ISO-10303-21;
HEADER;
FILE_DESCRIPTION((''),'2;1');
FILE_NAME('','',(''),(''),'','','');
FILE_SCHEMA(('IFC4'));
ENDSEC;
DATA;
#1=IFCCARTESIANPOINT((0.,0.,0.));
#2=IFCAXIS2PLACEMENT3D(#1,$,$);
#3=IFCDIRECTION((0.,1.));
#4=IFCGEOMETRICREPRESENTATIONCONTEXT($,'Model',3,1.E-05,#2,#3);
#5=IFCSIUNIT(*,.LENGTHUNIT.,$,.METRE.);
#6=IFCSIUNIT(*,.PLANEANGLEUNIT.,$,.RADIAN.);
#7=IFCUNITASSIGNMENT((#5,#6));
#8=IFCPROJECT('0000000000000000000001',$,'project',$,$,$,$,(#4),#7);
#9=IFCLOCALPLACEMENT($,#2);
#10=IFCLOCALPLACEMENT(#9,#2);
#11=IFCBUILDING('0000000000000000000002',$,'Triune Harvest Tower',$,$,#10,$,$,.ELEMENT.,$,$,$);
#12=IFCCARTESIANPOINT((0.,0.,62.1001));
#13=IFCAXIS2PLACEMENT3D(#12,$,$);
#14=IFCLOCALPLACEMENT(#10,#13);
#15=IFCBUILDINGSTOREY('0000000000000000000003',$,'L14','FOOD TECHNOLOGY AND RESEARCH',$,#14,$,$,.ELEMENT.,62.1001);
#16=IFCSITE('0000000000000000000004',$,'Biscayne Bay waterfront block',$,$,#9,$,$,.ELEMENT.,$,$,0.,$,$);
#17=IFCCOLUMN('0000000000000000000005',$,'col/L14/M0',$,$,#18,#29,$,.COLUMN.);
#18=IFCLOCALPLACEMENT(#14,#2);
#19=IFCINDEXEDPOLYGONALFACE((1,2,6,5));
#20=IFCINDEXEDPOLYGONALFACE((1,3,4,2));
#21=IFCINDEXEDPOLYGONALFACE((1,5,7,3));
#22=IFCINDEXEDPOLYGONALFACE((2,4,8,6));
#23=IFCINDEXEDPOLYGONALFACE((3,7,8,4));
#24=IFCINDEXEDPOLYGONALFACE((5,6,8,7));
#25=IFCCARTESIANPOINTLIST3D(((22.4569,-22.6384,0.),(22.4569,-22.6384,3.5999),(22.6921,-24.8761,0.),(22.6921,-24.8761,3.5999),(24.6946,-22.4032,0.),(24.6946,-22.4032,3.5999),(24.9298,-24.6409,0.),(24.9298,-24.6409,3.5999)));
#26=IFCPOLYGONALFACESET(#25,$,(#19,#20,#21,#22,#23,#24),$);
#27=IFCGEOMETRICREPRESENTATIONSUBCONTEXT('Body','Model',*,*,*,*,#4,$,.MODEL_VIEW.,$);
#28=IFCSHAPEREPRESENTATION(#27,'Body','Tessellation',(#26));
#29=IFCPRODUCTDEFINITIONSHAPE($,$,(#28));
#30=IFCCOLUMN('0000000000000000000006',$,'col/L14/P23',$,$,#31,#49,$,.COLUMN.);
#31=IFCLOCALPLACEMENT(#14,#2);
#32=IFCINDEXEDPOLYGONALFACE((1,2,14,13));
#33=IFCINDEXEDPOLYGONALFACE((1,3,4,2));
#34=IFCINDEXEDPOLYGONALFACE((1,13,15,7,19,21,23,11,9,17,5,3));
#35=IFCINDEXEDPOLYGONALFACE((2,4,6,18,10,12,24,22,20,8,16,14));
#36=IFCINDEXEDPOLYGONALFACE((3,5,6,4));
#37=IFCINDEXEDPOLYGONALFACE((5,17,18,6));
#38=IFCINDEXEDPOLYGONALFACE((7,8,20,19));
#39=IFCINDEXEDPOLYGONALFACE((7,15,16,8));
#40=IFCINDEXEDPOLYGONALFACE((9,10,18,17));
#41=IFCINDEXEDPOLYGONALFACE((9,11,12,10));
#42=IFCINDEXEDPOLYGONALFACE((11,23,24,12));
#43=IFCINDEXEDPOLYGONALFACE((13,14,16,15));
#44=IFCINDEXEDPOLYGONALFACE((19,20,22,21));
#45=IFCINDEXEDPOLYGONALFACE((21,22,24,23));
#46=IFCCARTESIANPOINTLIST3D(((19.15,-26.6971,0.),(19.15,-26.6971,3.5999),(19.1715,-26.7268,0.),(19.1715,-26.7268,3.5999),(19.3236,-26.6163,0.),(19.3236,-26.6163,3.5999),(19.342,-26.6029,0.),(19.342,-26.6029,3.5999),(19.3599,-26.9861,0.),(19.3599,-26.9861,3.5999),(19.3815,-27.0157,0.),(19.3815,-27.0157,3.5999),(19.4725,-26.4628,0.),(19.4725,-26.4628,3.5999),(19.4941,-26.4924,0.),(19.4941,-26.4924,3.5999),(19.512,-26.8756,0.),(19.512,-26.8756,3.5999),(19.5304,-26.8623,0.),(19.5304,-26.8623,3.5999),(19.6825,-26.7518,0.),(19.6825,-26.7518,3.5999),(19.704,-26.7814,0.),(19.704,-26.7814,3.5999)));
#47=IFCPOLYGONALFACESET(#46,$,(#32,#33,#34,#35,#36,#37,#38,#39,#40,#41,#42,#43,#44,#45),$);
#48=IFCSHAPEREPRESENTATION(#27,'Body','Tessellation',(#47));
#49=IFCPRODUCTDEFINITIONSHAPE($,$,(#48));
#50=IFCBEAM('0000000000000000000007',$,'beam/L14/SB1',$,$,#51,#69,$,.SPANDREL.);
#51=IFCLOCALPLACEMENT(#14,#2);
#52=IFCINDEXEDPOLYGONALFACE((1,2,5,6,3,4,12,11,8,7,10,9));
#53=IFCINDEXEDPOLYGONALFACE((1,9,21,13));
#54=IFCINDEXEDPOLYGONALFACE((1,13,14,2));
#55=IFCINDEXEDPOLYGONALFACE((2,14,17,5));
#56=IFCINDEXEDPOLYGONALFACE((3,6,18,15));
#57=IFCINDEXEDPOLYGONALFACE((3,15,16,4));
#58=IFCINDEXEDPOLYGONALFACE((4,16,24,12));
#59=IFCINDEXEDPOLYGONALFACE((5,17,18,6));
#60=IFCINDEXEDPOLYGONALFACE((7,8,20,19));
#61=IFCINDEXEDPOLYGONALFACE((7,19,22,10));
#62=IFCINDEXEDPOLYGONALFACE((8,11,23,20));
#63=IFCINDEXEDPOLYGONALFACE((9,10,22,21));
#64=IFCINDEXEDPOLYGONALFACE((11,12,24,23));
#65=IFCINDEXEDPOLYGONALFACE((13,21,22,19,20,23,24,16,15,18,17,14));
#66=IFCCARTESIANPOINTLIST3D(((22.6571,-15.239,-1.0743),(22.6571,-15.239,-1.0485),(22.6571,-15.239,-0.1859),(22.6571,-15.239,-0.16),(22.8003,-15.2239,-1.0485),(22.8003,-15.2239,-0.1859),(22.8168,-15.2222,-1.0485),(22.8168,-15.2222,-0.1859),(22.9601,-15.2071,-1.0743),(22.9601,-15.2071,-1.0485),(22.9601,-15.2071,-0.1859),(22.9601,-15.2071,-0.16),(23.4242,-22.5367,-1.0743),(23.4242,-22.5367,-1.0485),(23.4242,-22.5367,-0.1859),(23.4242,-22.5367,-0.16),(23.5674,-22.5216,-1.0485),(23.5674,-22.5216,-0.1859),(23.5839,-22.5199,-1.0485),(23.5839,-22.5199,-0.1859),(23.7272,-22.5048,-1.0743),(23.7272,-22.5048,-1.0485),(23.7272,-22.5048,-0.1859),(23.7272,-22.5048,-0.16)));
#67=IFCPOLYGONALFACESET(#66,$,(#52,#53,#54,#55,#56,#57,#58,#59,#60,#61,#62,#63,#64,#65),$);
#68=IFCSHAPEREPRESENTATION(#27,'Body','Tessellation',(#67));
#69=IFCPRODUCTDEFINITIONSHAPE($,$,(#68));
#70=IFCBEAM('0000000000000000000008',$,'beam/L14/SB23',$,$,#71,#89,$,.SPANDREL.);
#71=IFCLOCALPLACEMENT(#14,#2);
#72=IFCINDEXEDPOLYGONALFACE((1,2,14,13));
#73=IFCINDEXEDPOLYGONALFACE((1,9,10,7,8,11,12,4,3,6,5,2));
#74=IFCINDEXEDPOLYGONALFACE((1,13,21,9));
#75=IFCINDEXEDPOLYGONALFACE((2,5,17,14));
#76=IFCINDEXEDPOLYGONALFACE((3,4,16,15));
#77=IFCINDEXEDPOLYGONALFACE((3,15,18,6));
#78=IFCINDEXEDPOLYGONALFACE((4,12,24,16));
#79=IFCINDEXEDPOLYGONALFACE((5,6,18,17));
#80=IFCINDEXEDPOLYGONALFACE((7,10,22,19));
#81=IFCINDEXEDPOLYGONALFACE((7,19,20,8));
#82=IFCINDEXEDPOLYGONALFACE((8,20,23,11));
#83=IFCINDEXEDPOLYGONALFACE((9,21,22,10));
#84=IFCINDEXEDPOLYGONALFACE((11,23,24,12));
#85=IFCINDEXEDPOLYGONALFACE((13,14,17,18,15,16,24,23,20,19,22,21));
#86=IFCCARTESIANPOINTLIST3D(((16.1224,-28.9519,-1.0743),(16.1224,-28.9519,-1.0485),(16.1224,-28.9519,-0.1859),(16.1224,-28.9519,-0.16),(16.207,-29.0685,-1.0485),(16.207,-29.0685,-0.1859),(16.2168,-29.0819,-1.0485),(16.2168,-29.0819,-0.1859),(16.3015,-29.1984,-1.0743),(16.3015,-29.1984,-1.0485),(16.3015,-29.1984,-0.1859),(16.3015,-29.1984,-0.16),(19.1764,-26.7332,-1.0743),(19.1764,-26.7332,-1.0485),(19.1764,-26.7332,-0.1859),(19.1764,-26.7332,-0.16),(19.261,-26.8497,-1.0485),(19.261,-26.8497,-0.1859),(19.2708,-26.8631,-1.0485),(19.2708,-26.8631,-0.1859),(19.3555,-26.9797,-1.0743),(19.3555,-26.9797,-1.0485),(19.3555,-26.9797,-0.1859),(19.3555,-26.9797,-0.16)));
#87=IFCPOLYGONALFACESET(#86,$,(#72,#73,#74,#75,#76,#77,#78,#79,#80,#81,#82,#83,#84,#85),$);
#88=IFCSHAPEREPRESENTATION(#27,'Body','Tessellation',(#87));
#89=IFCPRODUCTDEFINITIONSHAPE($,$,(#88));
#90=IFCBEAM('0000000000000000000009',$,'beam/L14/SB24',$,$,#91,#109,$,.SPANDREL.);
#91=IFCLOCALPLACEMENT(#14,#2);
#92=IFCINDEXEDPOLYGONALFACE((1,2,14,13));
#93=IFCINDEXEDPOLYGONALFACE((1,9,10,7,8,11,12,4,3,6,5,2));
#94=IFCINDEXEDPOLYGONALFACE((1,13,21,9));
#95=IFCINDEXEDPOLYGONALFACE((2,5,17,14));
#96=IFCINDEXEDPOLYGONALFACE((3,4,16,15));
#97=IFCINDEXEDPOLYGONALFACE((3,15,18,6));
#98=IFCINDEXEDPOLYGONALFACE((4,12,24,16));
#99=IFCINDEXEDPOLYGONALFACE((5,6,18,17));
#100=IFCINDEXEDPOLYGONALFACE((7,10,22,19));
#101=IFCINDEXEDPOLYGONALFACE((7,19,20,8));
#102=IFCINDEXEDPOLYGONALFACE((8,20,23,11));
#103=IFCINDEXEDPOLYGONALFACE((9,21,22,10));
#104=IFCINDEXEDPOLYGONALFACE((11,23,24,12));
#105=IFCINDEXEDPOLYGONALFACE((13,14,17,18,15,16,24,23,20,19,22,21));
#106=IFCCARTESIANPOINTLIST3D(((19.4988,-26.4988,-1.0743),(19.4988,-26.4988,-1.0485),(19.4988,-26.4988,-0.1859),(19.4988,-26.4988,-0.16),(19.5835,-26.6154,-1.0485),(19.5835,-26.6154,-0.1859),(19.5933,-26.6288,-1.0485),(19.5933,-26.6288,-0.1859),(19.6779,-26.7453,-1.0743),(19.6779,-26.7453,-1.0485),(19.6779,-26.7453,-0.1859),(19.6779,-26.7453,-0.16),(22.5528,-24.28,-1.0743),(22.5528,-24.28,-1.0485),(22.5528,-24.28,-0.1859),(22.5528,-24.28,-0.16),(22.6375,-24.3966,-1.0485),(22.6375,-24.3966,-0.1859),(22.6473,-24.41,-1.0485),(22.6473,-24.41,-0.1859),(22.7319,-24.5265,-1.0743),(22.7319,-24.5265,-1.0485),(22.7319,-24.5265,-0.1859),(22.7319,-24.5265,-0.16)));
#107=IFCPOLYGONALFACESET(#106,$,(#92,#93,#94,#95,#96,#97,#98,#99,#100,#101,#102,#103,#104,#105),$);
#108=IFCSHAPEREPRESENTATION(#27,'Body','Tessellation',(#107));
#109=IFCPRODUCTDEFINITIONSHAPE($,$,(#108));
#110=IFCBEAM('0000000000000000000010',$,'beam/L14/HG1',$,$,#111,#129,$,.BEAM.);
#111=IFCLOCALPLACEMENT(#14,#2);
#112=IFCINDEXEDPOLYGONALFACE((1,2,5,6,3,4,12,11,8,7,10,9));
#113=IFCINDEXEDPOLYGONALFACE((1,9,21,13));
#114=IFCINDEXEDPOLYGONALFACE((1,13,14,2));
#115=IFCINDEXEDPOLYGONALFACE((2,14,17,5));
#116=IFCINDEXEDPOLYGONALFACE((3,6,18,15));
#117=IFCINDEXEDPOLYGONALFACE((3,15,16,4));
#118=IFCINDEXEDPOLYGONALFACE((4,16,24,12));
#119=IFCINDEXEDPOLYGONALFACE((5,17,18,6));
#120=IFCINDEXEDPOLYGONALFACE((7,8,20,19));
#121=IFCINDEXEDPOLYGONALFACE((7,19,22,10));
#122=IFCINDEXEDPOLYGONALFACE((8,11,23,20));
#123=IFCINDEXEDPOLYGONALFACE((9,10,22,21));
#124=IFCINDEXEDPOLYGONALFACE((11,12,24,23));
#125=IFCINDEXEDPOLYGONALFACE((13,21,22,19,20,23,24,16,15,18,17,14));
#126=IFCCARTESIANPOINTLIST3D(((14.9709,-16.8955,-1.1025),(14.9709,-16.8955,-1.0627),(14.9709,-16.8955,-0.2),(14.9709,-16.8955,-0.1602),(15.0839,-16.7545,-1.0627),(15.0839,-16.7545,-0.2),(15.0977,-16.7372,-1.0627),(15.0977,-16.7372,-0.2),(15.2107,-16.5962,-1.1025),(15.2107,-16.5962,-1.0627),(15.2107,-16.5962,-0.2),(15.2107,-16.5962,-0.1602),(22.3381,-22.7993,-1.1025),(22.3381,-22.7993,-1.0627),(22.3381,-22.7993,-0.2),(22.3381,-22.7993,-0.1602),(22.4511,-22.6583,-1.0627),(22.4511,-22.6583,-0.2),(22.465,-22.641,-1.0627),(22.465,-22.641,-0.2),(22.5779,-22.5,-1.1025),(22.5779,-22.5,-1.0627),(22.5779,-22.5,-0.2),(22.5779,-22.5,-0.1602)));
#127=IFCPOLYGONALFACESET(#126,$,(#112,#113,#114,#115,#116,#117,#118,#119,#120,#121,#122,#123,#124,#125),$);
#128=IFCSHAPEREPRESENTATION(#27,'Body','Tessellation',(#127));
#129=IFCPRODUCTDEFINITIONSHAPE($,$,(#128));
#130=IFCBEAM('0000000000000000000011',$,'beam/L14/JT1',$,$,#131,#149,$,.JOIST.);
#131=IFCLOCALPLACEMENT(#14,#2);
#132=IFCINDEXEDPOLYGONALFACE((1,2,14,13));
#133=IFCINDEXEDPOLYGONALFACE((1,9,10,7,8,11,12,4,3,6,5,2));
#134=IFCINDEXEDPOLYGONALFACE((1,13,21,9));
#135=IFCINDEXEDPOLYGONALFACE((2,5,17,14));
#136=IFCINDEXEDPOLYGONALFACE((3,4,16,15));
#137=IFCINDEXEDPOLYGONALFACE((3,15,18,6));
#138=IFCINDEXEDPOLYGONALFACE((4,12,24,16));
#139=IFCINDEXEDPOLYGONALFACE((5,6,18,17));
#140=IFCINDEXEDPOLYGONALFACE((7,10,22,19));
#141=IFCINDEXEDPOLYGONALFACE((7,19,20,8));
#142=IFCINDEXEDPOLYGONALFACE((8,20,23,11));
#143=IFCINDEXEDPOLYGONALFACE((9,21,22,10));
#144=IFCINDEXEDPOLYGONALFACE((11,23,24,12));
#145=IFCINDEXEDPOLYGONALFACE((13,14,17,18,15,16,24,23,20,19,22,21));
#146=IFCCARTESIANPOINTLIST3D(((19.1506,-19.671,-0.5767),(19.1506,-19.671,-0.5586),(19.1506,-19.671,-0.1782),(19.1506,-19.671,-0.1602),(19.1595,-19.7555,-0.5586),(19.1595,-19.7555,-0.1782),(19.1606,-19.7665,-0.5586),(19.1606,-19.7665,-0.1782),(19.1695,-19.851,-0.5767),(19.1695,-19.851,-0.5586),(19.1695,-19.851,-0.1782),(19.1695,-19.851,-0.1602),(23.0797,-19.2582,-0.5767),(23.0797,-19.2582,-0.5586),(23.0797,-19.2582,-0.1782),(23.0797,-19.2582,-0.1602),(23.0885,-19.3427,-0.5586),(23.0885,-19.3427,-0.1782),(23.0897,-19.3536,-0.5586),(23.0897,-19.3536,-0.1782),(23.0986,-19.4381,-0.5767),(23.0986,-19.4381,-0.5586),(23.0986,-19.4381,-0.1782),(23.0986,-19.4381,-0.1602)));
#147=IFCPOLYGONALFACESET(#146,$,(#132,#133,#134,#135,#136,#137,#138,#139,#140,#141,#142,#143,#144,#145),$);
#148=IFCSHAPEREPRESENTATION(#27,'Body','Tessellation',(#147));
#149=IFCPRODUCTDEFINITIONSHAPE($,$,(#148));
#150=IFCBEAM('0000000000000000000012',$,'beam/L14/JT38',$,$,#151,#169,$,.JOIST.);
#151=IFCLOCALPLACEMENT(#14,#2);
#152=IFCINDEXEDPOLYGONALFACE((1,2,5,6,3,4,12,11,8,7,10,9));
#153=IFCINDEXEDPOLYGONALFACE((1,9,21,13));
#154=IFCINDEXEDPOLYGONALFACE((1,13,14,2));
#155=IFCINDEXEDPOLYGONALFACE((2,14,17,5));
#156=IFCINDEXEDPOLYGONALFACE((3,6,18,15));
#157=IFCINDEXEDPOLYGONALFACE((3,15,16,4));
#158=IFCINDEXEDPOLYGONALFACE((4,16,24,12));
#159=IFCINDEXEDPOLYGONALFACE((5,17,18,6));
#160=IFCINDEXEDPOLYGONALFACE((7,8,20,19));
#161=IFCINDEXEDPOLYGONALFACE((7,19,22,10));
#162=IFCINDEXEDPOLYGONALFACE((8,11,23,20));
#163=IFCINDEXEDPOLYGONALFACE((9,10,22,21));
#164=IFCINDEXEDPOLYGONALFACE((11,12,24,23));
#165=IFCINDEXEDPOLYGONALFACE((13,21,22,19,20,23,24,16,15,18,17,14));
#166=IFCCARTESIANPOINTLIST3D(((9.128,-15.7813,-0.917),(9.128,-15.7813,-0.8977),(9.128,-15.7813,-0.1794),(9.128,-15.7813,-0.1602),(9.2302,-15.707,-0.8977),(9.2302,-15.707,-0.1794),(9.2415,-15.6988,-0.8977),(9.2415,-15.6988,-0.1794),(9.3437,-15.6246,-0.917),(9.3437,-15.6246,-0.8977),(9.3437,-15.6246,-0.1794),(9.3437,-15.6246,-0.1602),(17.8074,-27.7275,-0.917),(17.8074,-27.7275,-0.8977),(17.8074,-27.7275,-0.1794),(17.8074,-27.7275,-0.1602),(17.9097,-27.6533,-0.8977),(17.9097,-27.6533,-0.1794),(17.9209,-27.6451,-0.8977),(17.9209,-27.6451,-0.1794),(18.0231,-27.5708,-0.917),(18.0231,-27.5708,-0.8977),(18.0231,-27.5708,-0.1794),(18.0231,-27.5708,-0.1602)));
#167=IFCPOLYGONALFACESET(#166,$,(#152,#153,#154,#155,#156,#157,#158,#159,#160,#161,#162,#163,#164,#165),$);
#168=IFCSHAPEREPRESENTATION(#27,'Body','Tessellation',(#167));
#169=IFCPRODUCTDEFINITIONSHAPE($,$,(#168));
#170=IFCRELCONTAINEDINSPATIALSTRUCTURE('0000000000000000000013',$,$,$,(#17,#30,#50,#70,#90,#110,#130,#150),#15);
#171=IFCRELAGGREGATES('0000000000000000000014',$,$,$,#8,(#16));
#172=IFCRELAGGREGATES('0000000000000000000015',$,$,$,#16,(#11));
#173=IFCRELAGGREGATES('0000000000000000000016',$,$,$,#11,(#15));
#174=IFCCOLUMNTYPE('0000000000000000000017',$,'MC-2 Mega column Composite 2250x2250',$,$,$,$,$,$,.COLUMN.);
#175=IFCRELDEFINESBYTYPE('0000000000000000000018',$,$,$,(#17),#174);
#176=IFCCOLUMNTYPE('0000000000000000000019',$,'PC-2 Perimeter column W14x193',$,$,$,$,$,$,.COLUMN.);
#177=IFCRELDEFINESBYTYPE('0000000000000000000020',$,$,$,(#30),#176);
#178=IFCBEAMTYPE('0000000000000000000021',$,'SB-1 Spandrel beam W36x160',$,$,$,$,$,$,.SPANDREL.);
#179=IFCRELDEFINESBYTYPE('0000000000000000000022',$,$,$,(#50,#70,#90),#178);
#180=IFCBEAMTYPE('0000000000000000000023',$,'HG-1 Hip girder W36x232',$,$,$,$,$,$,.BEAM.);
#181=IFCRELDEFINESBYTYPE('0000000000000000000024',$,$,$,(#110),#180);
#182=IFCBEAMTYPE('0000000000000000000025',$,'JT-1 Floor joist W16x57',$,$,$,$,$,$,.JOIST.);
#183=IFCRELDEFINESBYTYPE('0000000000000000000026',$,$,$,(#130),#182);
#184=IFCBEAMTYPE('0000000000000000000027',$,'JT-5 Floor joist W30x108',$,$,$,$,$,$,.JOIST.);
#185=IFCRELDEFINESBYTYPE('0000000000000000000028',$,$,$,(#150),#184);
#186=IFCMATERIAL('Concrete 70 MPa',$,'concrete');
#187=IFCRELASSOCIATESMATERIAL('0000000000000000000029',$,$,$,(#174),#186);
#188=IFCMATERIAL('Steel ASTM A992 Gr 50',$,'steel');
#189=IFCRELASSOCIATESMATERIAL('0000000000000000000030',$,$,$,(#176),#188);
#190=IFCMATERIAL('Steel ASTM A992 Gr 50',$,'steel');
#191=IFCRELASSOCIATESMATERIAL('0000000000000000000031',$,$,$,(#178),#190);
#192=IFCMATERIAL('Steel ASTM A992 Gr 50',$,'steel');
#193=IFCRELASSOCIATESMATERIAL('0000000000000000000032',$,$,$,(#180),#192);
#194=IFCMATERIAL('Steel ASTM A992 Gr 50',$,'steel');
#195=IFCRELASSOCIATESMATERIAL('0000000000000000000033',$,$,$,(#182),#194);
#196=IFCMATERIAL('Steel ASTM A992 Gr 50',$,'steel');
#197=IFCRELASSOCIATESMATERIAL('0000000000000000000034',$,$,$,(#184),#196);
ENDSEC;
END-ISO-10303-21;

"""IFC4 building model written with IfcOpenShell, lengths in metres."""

from ifc_helpers import new_model, si_unit, direction, frame, origin, origin_2d, place, context, subcontext, project, spatial, rectangle, i_section, extrude, source, transform, mapped, material, material_profile, profile_set, type_object, element, save


model = new_model("IFC4")

# Units and contexts
model_context = context("Model", 3, precision=1e-05, world=origin(), true_north=direction((0.0, 1.0)))
body_context = subcontext(model_context, "Body", "Model", "MODEL_VIEW")
ifc_project = project(units=[si_unit("LENGTHUNIT", "METRE"), si_unit("PLANEANGLEUNIT", "RADIAN")], contexts=[model_context])

# Site, building, storey
site_placement = place(None, origin())
site = spatial("IfcSite", under=ifc_project, at=site_placement, Name="Biscayne Bay waterfront block", CompositionType="ELEMENT", RefElevation=0.0)
building_placement = place(site_placement, origin())
building = spatial("IfcBuilding", under=site, at=building_placement, Name="Triune Harvest Tower", CompositionType="ELEMENT")
storey_placement = place(building_placement, frame((0.0, 0.0, 62.1001)))
storey = spatial("IfcBuildingStorey", under=building, at=storey_placement, Name="L14", Description="FOOD TECHNOLOGY AND RESEARCH", CompositionType="ELEMENT", Elevation=62.1001)

# Columns
ifc_material_1 = material(Name="Concrete 70 MPa", Category="concrete")
ifc_material_profile_1 = material_profile(ifc_material_1, rectangle(XDim=2.25, YDim=2.25, at=origin_2d()), Name="Composite 2250x2250")
ifc_profile_set_1 = profile_set([ifc_material_profile_1], Name="Concrete 70 MPa")
column_type_1 = type_object("IfcColumnType", Name="MC-2 Mega column Composite 2250x2250", PredefinedType="COLUMN", material=ifc_profile_set_1)
shared_shape_1 = source(origin(), body_context, "Body", "SweptSolid", [
    extrude(rectangle(XDim=2.25, YDim=2.25, at=origin_2d()), origin(), (0.0, 0.0, 1.0), 3.5999),
])
column_1_placement = place(storey_placement, frame((23.6934, -23.6396, 0.0), z_axis=(0.0, 0.0, 1.0), x_axis=(-0.104527, 0.994522, 0.0)))
element("IfcColumn", 1, at=column_1_placement, inside=storey, type_object=column_type_1, Name="col/L14/M0", PredefinedType="COLUMN", context=body_context, shape_type="MappedRepresentation", body=[
    mapped(shared_shape_1, transform((0.0, 0.0, 0.0), scale=1.0)),
])
ifc_material_2 = material(Name="Steel ASTM A992 Gr 50", Category="steel")
ifc_material_profile_2 = material_profile(ifc_material_2, i_section(OverallWidth=0.3987, OverallDepth=0.3938, WebThickness=0.0227, FlangeThickness=0.0366, at=origin_2d()), Name="W14x193")
ifc_profile_set_2 = profile_set([ifc_material_profile_2], Name="Steel ASTM A992 Gr 50")
column_type_2 = type_object("IfcColumnType", Name="PC-2 Perimeter column W14x193", PredefinedType="COLUMN", material=ifc_profile_set_2)
shared_shape_2 = source(origin(), body_context, "Body", "SweptSolid", [
    extrude(i_section(OverallWidth=0.3987, OverallDepth=0.3938, WebThickness=0.0227, FlangeThickness=0.0366, at=origin_2d()), origin(), (0.0, 0.0, 1.0), 3.5999),
])
column_2_placement = place(storey_placement, frame((19.427, -26.7393, 0.0), z_axis=(0.0, 0.0, 1.0), x_axis=(0.809015, 0.587788, 0.0)))
element("IfcColumn", 2, at=column_2_placement, inside=storey, type_object=column_type_2, Name="col/L14/P23", PredefinedType="COLUMN", context=body_context, shape_type="MappedRepresentation", body=[
    mapped(shared_shape_2, transform((0.0, 0.0, 0.0), scale=1.0)),
])

# Beams
ifc_material_3 = material(Name="Steel ASTM A992 Gr 50", Category="steel")
ifc_material_profile_3 = material_profile(ifc_material_3, i_section(OverallWidth=0.3047, OverallDepth=0.9143, WebThickness=0.0166, FlangeThickness=0.0259, at=origin_2d()), Name="W36x160")
ifc_profile_set_3 = profile_set([ifc_material_profile_3], Name="Steel ASTM A992 Gr 50")
beam_type_1 = type_object("IfcBeamType", Name="SB-1 Spandrel beam W36x160", PredefinedType="SPANDREL", material=ifc_profile_set_3)
shared_shape_3 = source(origin(), body_context, "Body", "SweptSolid", [
    extrude(i_section(OverallWidth=0.3047, OverallDepth=0.9143, WebThickness=0.0166, FlangeThickness=0.0259, at=origin_2d()), origin(), (0.0, 0.0, 1.0), 7.3379),
])
beam_1_placement = place(storey_placement, frame((23.5757, -22.5208, -0.6172), z_axis=(-0.104539, 0.994521, 0.0), x_axis=(-0.994521, -0.104539, 0.0)))
element("IfcBeam", 3, at=beam_1_placement, inside=storey, type_object=beam_type_1, Name="beam/L14/SB1", PredefinedType="SPANDREL", context=body_context, shape_type="MappedRepresentation", body=[
    mapped(shared_shape_3, transform((0.0, 0.0, 0.0), scale=1.0)),
])
shared_shape_4 = source(origin(), body_context, "Body", "SweptSolid", [
    extrude(i_section(OverallWidth=0.3047, OverallDepth=0.9143, WebThickness=0.0166, FlangeThickness=0.0259, at=origin_2d()), origin(), (0.0, 0.0, 1.0), 3.7749),
])
for number, where, z_axis, x_axis, name in (
    (4, (16.2119, -29.0752, -0.6172), (0.809027, 0.587772, 0.0), (-0.587772, 0.809027, 0.0), "beam/L14/SB23"),
    (5, (19.5884, -26.6221, -0.6172), (0.809027, 0.587772, 0.0), (-0.587772, 0.809027, 0.0), "beam/L14/SB24"),
):
    element("IfcBeam", number, at=place(storey_placement, frame(where, z_axis=z_axis, x_axis=x_axis)), inside=storey, type_object=beam_type_1, Name=name, PredefinedType="SPANDREL", context=body_context, shape_type="MappedRepresentation", body=[
        mapped(shared_shape_4, transform((0.0, 0.0, 0.0), scale=1.0)),
    ])
ifc_material_4 = material(Name="Steel ASTM A992 Gr 50", Category="steel")
ifc_material_profile_4 = material_profile(ifc_material_4, i_section(OverallWidth=0.3835, OverallDepth=0.9424, WebThickness=0.0222, FlangeThickness=0.0398, at=origin_2d()), Name="W36x232")
ifc_profile_set_4 = profile_set([ifc_material_profile_4], Name="Steel ASTM A992 Gr 50")
beam_type_2 = type_object("IfcBeamType", Name="HG-1 Hip girder W36x232", PredefinedType="BEAM", material=ifc_profile_set_4)
shared_shape_5 = source(origin(), body_context, "Body", "SweptSolid", [
    extrude(i_section(OverallWidth=0.3835, OverallDepth=0.9424, WebThickness=0.0222, FlangeThickness=0.0398, at=origin_2d()), origin(), (0.0, 0.0, 1.0), 9.4409),
])
beam_2_placement = place(storey_placement, frame((22.458, -22.6497, -0.6313), z_axis=(-0.780349, 0.625344, 0.0), x_axis=(-0.625344, -0.780349, 0.0)))
element("IfcBeam", 6, at=beam_2_placement, inside=storey, type_object=beam_type_2, Name="beam/L14/HG1", PredefinedType="BEAM", context=body_context, shape_type="MappedRepresentation", body=[
    mapped(shared_shape_5, transform((0.0, 0.0, 0.0), scale=1.0)),
])
ifc_material_5 = material(Name="Steel ASTM A992 Gr 50", Category="steel")
ifc_material_profile_5 = material_profile(ifc_material_5, i_section(OverallWidth=0.1809, OverallDepth=0.4165, WebThickness=0.011, FlangeThickness=0.0181, at=origin_2d()), Name="W16x57")
ifc_profile_set_5 = profile_set([ifc_material_profile_5], Name="Steel ASTM A992 Gr 50")
beam_type_3 = type_object("IfcBeamType", Name="JT-1 Floor joist W16x57", PredefinedType="JOIST", material=ifc_profile_set_5)
shared_shape_6 = source(origin(), body_context, "Body", "SweptSolid", [
    extrude(i_section(OverallWidth=0.1809, OverallDepth=0.4165, WebThickness=0.011, FlangeThickness=0.0181, at=origin_2d()), origin(), (0.0, 0.0, 1.0), 3.9507),
])
beam_3_placement = place(storey_placement, frame((23.0891, -19.3481, -0.3684), z_axis=(-0.994525, -0.104501, 0.0), x_axis=(0.104501, -0.994525, 0.0)))
element("IfcBeam", 7, at=beam_3_placement, inside=storey, type_object=beam_type_3, Name="beam/L14/JT1", PredefinedType="JOIST", context=body_context, shape_type="MappedRepresentation", body=[
    mapped(shared_shape_6, transform((0.0, 0.0, 0.0), scale=1.0)),
])
ifc_material_6 = material(Name="Steel ASTM A992 Gr 50", Category="steel")
ifc_material_profile_6 = material_profile(ifc_material_6, i_section(OverallWidth=0.2666, OverallDepth=0.7568, WebThickness=0.0139, FlangeThickness=0.0193, at=origin_2d()), Name="W30x108")
ifc_profile_set_6 = profile_set([ifc_material_profile_6], Name="Steel ASTM A992 Gr 50")
beam_type_4 = type_object("IfcBeamType", Name="JT-5 Floor joist W30x108", PredefinedType="JOIST", material=ifc_profile_set_6)
shared_shape_7 = source(origin(), body_context, "Body", "SweptSolid", [
    extrude(i_section(OverallWidth=0.2666, OverallDepth=0.7568, WebThickness=0.0139, FlangeThickness=0.0193, at=origin_2d()), origin(), (0.0, 0.0, 1.0), 14.7664),
])
beam_4_placement = place(storey_placement, frame((17.9153, -27.6492, -0.5386), z_axis=(-0.587783, 0.809018, 0.0), x_axis=(-0.809018, -0.587783, 0.0)))
element("IfcBeam", 8, at=beam_4_placement, inside=storey, type_object=beam_type_4, Name="beam/L14/JT38", PredefinedType="JOIST", context=body_context, shape_type="MappedRepresentation", body=[
    mapped(shared_shape_7, transform((0.0, 0.0, 0.0), scale=1.0)),
])

save(model, "model.ifc")
